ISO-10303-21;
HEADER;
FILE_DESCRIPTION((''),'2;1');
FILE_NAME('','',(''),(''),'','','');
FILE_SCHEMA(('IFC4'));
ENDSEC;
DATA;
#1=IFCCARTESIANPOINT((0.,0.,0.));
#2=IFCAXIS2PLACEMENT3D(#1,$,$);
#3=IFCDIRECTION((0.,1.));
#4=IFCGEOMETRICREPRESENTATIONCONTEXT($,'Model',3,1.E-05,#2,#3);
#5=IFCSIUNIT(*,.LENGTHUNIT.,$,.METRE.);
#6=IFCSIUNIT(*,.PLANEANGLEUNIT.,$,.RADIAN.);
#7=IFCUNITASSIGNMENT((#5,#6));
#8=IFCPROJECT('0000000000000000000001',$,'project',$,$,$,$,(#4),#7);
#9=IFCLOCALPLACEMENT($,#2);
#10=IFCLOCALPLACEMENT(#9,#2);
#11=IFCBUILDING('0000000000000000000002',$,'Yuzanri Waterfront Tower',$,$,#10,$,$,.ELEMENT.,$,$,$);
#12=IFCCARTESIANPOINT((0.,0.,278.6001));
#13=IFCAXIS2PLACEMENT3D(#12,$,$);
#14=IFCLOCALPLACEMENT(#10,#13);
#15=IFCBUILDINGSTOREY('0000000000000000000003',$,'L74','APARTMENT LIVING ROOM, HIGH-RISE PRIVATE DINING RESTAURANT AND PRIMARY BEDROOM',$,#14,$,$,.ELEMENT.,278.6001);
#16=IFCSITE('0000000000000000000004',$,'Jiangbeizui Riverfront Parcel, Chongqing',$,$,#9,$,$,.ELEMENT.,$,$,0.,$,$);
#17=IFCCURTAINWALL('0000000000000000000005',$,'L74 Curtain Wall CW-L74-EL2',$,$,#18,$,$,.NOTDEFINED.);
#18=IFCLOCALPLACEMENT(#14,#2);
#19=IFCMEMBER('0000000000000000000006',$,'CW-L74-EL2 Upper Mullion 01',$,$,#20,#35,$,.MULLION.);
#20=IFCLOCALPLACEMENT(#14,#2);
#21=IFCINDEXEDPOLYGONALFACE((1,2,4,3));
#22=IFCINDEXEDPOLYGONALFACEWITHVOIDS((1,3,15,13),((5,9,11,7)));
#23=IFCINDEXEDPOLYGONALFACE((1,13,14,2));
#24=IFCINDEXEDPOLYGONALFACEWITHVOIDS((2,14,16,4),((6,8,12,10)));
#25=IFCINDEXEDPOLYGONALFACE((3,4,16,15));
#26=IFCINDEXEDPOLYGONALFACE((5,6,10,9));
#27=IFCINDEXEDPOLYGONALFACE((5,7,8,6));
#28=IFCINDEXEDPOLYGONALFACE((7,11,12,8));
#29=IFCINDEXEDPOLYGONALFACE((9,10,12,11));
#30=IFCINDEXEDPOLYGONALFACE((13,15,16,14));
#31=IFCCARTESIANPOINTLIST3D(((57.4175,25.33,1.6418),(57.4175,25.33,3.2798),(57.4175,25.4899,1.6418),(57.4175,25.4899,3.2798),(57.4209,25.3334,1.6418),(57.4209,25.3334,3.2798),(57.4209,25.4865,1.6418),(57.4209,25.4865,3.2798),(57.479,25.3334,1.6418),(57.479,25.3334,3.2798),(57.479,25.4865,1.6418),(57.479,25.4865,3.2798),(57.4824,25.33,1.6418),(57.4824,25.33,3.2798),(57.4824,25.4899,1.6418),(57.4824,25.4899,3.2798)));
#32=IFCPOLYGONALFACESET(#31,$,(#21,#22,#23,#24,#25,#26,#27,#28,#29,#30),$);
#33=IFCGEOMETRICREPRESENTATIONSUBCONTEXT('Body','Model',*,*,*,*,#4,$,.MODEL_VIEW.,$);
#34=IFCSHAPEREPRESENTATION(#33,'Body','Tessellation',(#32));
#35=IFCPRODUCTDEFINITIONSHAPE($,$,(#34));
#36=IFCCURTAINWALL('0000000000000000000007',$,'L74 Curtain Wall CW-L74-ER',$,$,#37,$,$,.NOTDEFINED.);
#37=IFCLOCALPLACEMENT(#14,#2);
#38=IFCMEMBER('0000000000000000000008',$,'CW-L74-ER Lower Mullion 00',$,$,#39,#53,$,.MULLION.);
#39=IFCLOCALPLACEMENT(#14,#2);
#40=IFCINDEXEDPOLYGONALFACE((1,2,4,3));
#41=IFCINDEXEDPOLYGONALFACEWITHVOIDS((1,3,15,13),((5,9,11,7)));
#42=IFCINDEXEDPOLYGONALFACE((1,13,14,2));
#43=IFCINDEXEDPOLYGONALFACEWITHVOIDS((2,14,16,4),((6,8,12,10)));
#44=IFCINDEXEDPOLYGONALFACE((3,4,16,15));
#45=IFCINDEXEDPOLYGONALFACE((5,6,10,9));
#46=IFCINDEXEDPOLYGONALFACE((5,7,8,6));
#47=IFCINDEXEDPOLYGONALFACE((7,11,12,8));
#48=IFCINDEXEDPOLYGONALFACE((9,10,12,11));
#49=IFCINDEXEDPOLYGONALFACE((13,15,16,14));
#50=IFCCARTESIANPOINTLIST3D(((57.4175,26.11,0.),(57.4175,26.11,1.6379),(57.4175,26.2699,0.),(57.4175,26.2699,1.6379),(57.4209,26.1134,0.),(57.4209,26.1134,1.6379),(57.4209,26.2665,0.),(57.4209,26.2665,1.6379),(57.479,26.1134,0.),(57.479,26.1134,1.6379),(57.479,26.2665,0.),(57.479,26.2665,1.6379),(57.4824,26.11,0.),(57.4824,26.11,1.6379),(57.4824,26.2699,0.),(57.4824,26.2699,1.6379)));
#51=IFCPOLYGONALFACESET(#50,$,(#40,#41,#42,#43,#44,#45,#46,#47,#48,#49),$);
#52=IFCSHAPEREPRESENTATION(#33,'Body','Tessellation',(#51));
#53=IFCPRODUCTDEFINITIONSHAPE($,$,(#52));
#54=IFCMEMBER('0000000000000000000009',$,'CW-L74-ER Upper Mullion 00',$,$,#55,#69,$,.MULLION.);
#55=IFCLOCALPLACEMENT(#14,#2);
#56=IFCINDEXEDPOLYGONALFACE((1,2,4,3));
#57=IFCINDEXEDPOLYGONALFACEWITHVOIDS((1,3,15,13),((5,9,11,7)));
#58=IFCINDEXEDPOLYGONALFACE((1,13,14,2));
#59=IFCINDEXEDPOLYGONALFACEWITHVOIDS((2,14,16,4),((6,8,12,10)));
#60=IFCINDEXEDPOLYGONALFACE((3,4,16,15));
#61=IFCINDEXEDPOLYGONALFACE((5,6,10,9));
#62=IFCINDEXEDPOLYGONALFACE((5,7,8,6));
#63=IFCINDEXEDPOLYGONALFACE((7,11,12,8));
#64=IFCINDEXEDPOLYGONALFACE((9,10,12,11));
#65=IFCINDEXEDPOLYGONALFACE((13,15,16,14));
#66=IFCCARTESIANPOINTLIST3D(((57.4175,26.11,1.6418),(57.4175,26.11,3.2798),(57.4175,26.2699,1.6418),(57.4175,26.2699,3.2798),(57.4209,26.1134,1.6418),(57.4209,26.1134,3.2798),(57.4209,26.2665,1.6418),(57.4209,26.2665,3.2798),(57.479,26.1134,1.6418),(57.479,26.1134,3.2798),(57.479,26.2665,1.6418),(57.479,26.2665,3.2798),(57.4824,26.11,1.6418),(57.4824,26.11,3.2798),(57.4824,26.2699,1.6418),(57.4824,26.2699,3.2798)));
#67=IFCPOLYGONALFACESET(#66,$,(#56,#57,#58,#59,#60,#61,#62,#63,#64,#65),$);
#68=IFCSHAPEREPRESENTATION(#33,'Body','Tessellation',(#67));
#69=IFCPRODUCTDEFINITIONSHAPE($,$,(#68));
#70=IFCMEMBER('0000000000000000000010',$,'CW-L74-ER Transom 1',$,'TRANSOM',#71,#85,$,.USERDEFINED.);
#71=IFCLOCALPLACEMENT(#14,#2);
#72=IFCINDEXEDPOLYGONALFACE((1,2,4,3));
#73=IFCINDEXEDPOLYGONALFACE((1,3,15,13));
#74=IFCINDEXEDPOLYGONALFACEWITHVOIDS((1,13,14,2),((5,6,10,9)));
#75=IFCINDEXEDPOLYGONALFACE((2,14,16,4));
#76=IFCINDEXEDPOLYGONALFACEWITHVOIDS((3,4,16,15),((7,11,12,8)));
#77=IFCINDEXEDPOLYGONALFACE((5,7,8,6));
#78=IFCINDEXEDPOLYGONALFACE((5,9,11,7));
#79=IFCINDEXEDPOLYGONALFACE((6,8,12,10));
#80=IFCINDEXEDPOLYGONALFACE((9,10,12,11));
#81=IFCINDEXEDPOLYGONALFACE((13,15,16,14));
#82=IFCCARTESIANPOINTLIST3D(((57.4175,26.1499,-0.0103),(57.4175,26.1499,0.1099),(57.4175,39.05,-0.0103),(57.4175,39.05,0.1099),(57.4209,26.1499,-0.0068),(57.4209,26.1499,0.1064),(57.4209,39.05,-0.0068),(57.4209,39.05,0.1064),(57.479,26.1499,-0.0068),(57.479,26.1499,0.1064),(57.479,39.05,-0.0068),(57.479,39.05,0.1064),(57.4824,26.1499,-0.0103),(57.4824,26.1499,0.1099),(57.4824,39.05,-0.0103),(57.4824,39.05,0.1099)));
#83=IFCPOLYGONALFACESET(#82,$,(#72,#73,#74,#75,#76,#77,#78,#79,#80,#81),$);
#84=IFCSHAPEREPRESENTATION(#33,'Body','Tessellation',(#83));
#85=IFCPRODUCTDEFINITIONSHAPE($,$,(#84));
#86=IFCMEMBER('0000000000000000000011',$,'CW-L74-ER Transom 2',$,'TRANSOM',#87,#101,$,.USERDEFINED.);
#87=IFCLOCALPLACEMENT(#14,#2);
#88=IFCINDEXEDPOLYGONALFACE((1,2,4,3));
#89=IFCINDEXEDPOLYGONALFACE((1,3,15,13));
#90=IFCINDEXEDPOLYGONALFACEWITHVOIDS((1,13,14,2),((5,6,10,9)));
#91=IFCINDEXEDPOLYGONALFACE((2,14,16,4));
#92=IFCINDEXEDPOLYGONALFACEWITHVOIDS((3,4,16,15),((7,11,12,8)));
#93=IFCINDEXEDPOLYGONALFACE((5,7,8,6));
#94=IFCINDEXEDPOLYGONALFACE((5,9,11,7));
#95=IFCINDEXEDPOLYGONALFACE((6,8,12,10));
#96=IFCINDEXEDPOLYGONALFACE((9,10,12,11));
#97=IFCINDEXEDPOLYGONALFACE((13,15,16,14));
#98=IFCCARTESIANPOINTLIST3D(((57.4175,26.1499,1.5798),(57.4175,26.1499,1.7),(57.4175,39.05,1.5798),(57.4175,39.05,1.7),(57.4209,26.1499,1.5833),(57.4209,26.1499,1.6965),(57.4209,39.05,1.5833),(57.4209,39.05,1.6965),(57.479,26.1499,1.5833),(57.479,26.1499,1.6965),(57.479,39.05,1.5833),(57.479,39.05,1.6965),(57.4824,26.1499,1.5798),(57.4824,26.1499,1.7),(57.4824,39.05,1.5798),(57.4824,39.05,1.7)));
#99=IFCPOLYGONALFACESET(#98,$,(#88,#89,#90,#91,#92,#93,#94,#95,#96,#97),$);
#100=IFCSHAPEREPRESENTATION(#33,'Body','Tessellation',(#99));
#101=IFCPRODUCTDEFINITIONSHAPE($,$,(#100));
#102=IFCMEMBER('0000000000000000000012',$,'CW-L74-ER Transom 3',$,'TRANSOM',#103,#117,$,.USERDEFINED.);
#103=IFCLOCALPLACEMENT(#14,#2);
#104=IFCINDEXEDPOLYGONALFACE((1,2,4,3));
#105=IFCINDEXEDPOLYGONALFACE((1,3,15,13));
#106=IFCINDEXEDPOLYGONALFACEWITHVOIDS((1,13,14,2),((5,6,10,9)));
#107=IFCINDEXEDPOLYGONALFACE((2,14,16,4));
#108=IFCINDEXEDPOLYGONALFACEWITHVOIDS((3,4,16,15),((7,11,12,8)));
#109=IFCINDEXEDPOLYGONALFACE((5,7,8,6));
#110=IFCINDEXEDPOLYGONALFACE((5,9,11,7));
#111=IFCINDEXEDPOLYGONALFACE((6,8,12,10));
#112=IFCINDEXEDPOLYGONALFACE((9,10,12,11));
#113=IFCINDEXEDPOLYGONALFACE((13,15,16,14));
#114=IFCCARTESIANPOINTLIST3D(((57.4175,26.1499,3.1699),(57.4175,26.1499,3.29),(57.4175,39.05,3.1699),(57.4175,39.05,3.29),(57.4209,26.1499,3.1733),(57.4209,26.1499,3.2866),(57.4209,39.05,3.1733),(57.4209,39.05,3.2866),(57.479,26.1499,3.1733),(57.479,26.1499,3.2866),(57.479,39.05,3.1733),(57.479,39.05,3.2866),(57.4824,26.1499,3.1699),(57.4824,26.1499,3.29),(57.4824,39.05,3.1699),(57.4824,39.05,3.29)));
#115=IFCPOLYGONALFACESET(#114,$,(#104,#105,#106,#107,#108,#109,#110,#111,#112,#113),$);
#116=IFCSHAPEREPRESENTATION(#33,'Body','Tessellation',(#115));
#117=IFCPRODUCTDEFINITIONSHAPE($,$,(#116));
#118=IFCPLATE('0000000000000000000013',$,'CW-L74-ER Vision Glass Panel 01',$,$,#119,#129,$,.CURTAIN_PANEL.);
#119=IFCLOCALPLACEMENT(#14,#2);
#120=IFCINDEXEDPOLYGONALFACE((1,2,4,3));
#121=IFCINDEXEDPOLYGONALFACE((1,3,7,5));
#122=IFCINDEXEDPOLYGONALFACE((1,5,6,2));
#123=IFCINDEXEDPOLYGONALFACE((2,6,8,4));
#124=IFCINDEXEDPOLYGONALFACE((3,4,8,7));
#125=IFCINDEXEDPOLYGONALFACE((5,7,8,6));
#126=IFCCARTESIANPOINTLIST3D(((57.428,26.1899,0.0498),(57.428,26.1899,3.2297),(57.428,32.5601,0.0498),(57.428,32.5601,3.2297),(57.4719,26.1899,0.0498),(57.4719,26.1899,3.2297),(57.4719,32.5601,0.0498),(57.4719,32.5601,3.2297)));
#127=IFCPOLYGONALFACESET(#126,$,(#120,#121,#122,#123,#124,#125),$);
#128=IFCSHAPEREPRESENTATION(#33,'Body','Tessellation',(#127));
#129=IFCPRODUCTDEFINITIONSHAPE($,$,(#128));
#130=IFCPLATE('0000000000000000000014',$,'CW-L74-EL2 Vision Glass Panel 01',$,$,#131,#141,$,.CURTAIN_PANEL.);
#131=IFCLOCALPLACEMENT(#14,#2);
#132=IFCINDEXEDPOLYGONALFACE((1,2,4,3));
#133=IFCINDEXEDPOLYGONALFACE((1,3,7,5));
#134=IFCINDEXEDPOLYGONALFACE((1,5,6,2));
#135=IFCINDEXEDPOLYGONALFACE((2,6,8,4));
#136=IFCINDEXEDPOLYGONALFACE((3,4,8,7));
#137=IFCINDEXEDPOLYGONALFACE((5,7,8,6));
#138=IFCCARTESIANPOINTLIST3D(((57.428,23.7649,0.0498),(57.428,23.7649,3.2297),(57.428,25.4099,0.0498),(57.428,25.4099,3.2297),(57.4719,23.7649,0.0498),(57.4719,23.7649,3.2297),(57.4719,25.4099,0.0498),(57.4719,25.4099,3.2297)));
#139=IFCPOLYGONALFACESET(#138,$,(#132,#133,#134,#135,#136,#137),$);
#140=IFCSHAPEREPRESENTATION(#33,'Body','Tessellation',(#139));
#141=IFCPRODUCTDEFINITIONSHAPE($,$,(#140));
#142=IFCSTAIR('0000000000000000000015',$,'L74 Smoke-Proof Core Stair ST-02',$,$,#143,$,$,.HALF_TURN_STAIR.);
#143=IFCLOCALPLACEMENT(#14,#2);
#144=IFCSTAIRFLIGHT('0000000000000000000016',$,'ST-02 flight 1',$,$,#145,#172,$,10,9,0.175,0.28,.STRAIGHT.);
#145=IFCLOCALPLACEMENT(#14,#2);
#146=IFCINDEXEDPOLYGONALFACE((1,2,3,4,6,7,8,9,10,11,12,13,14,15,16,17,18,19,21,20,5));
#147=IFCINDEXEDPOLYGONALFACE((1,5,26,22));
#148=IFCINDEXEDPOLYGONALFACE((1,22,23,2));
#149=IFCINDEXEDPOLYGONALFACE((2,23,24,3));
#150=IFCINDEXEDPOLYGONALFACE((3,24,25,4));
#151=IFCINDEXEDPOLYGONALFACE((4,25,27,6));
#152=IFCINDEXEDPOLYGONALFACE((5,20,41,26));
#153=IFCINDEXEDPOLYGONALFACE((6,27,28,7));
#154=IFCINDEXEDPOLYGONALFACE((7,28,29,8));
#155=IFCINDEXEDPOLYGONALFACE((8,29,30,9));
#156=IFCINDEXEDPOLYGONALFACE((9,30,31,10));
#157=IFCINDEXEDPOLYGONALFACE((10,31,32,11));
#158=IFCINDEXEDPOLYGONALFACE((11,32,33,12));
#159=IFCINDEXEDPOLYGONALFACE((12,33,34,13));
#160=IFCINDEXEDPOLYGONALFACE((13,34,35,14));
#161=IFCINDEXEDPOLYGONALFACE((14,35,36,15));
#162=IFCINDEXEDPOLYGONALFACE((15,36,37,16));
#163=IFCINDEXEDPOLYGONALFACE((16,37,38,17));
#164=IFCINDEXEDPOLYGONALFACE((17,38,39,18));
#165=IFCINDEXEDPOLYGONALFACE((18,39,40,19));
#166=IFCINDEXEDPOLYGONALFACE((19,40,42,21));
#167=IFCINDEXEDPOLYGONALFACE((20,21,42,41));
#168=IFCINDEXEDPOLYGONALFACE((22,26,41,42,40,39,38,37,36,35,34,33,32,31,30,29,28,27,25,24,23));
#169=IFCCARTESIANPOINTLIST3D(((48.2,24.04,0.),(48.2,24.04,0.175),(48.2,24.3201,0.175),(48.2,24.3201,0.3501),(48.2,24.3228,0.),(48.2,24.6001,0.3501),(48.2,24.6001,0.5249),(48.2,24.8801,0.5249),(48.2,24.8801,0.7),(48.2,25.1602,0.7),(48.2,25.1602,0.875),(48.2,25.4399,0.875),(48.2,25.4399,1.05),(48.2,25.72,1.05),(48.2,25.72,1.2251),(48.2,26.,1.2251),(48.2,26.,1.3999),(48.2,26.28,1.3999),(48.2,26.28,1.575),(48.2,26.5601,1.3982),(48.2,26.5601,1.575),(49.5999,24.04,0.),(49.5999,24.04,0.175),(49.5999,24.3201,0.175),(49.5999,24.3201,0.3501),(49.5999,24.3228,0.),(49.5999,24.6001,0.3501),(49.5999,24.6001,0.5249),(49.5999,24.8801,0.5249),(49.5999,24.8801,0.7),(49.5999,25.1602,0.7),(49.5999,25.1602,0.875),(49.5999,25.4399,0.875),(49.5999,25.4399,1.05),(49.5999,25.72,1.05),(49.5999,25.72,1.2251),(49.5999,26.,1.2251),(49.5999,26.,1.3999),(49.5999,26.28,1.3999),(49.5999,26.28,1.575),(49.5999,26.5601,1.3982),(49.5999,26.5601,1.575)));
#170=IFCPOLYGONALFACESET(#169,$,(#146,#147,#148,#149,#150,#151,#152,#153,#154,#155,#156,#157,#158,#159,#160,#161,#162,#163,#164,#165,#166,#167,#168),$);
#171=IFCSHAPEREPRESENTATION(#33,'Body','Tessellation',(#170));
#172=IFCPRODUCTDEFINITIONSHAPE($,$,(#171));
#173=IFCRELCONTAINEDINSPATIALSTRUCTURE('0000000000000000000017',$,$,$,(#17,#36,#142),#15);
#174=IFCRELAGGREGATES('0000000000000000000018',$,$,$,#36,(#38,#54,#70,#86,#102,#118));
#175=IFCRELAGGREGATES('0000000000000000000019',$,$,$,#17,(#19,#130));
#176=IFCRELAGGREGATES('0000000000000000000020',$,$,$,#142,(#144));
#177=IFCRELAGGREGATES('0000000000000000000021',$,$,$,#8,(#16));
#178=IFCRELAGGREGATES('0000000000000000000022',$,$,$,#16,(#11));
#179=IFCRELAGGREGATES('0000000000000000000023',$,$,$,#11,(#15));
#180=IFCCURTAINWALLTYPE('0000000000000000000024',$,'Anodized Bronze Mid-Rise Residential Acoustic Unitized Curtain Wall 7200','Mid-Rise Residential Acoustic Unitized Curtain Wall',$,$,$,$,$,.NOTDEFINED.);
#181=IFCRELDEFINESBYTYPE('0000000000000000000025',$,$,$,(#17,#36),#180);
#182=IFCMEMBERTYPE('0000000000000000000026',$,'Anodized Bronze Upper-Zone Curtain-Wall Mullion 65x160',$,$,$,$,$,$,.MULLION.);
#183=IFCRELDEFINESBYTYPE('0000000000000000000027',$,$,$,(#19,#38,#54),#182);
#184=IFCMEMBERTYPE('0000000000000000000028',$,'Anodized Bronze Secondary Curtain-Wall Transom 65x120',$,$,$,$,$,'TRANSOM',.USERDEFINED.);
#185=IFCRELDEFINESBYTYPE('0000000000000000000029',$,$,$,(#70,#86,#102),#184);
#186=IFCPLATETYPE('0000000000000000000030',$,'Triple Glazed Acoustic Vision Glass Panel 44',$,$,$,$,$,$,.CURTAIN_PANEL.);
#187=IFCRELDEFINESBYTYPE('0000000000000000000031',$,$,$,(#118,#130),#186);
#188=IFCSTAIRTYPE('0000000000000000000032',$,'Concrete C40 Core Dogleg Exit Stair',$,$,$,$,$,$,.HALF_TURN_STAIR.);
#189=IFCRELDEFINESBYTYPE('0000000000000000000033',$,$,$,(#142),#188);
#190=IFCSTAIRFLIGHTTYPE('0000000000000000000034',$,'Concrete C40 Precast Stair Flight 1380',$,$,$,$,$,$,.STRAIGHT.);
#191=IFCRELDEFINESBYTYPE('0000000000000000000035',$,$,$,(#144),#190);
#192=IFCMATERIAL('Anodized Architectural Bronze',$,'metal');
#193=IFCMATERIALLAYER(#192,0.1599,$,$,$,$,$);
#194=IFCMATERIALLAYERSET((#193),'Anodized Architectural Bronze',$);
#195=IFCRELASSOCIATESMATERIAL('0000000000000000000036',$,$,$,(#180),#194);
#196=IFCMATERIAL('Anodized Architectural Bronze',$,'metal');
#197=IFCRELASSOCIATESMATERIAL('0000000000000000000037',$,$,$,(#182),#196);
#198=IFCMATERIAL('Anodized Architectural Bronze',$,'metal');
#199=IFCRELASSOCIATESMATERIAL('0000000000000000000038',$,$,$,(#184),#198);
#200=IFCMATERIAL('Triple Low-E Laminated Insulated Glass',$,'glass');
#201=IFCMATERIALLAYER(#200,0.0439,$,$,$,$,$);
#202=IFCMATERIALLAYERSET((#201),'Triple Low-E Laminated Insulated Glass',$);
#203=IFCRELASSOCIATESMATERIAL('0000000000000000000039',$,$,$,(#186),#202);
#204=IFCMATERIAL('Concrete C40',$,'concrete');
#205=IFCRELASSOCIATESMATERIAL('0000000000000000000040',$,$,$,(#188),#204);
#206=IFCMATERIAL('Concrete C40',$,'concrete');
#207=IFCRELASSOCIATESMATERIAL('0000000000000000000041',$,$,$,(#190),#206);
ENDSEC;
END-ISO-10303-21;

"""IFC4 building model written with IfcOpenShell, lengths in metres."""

from ifc_helpers import new_model, si_unit, direction, frame, origin, origin_2d, place, context, subcontext, project, spatial, polyline, rectangle, hollow_rectangle, outline, extrude, source, transform, mapped, material, layer, layer_set, material_profile, profile_set, type_object, element, aggregate, save


model = new_model("IFC4")

# Units and contexts
model_context = context("Model", 3, precision=1e-05, world=origin(), true_north=direction((0.0, 1.0)))
body_context = subcontext(model_context, "Body", "Model", "MODEL_VIEW")
ifc_project = project(units=[si_unit("LENGTHUNIT", "METRE"), si_unit("PLANEANGLEUNIT", "RADIAN")], contexts=[model_context])

# Site, building, storey
site_placement = place(None, origin())
site = spatial("IfcSite", under=ifc_project, at=site_placement, Name="Jiangbeizui Riverfront Parcel, Chongqing", CompositionType="ELEMENT", RefElevation=0.0)
building_placement = place(site_placement, origin())
building = spatial("IfcBuilding", under=site, at=building_placement, Name="Yuzanri Waterfront Tower", CompositionType="ELEMENT")
storey_placement = place(building_placement, frame((0.0, 0.0, 278.6001)))
storey = spatial("IfcBuildingStorey", under=building, at=storey_placement, Name="L74", Description="APARTMENT LIVING ROOM, HIGH-RISE PRIVATE DINING RESTAURANT AND PRIMARY BEDROOM", CompositionType="ELEMENT", Elevation=278.6001)

# Curtain wall, member
ifc_material_1 = material(Name="Anodized Architectural Bronze", Category="metal")
ifc_layer_1 = layer(ifc_material_1, 0.1599)
ifc_layer_set_1 = layer_set([ifc_layer_1], Name="Anodized Architectural Bronze")
curtain_wall_type = type_object("IfcCurtainWallType", Name="Anodized Bronze Mid-Rise Residential Acoustic Unitized Curtain Wall 7200", Description="Mid-Rise Residential Acoustic Unitized Curtain Wall", PredefinedType="NOTDEFINED", material=ifc_layer_set_1)
curtain_wall_1_placement = place(storey_placement, origin())
curtain_wall_1 = element("IfcCurtainWall", 1, at=curtain_wall_1_placement, inside=storey, type_object=curtain_wall_type, Name="L74 Curtain Wall CW-L74-EL2", PredefinedType="NOTDEFINED")
ifc_material_2 = material(Name="Anodized Architectural Bronze", Category="metal")
ifc_material_profile_1 = material_profile(ifc_material_2, hollow_rectangle(XDim=0.0649, YDim=0.1599, WallThickness=0.0034, at=origin_2d()), Name="CWM 65x160")
ifc_profile_set_1 = profile_set([ifc_material_profile_1], Name="Anodized Architectural Bronze")
member_type_1 = type_object("IfcMemberType", Name="Anodized Bronze Upper-Zone Curtain-Wall Mullion 65x160", PredefinedType="MULLION", material=ifc_profile_set_1)
shared_shape_1 = source(origin(), body_context, "Body", "SweptSolid", [
    extrude(hollow_rectangle(XDim=0.0649, YDim=0.1599, WallThickness=0.0034, at=origin_2d()), origin(), (0.0, 0.0, 1.0), 1.6379),
])
member_1_placement = place(storey_placement, frame((57.45, 25.4099, 1.6418), z_axis=(0.0, 0.0, 1.0), x_axis=(1.0, 0.0, 0.0)))
member_1 = element("IfcMember", 2, at=member_1_placement, type_object=member_type_1, Name="CW-L74-EL2 Upper Mullion 01", PredefinedType="MULLION", context=body_context, shape_type="MappedRepresentation", body=[
    mapped(shared_shape_1, transform((0.0, 0.0, 0.0), scale=1.0)),
])

# Curtain wall, members, plate
curtain_wall_2_placement = place(storey_placement, origin())
curtain_wall_2 = element("IfcCurtainWall", 3, at=curtain_wall_2_placement, inside=storey, type_object=curtain_wall_type, Name="L74 Curtain Wall CW-L74-ER", PredefinedType="NOTDEFINED")
member_2_placement = place(storey_placement, frame((57.45, 26.1899, 0.0), z_axis=(0.0, 0.0, 1.0), x_axis=(1.0, 0.0, 0.0)))
member_2 = element("IfcMember", 4, at=member_2_placement, type_object=member_type_1, Name="CW-L74-ER Lower Mullion 00", PredefinedType="MULLION", context=body_context, shape_type="MappedRepresentation", body=[
    mapped(shared_shape_1, transform((0.0, 0.0, 0.0), scale=1.0)),
])
member_3_placement = place(storey_placement, frame((57.45, 26.1899, 1.6418), z_axis=(0.0, 0.0, 1.0), x_axis=(1.0, 0.0, 0.0)))
member_3 = element("IfcMember", 5, at=member_3_placement, type_object=member_type_1, Name="CW-L74-ER Upper Mullion 00", PredefinedType="MULLION", context=body_context, shape_type="MappedRepresentation", body=[
    mapped(shared_shape_1, transform((0.0, 0.0, 0.0), scale=1.0)),
])
ifc_material_3 = material(Name="Anodized Architectural Bronze", Category="metal")
ifc_material_profile_2 = material_profile(ifc_material_3, hollow_rectangle(XDim=0.0649, YDim=0.1201, WallThickness=0.0034, at=origin_2d()), Name="CWT 65x120")
ifc_profile_set_2 = profile_set([ifc_material_profile_2], Name="Anodized Architectural Bronze")
member_type_2 = type_object("IfcMemberType", Name="Anodized Bronze Secondary Curtain-Wall Transom 65x120", ElementType="TRANSOM", PredefinedType="USERDEFINED", material=ifc_profile_set_2)
shared_shape_2 = source(origin(), body_context, "Body", "SweptSolid", [
    extrude(hollow_rectangle(XDim=0.0649, YDim=0.1201, WallThickness=0.0034, at=origin_2d()), origin(), (0.0, 0.0, 1.0), 12.9001),
])
member_4_placement = place(storey_placement, frame((57.45, 26.1499, 0.0498), z_axis=(0.0, 1.0, 0.0), x_axis=(-1.0, 0.0, 0.0)))
member_4 = element("IfcMember", 6, at=member_4_placement, type_object=member_type_2, Name="CW-L74-ER Transom 1", ObjectType="TRANSOM", PredefinedType="USERDEFINED", context=body_context, shape_type="MappedRepresentation", body=[
    mapped(shared_shape_2, transform((0.0, 0.0, 0.0), scale=1.0)),
])
member_5_placement = place(storey_placement, frame((57.45, 26.1499, 1.6399), z_axis=(0.0, 1.0, 0.0), x_axis=(-1.0, 0.0, 0.0)))
member_5 = element("IfcMember", 7, at=member_5_placement, type_object=member_type_2, Name="CW-L74-ER Transom 2", ObjectType="TRANSOM", PredefinedType="USERDEFINED", context=body_context, shape_type="MappedRepresentation", body=[
    mapped(shared_shape_2, transform((0.0, 0.0, 0.0), scale=1.0)),
])
member_6_placement = place(storey_placement, frame((57.45, 26.1499, 3.23), z_axis=(0.0, 1.0, 0.0), x_axis=(-1.0, 0.0, 0.0)))
member_6 = element("IfcMember", 8, at=member_6_placement, type_object=member_type_2, Name="CW-L74-ER Transom 3", ObjectType="TRANSOM", PredefinedType="USERDEFINED", context=body_context, shape_type="MappedRepresentation", body=[
    mapped(shared_shape_2, transform((0.0, 0.0, 0.0), scale=1.0)),
])
ifc_material_4 = material(Name="Triple Low-E Laminated Insulated Glass", Category="glass")
ifc_layer_2 = layer(ifc_material_4, 0.0439)
ifc_layer_set_2 = layer_set([ifc_layer_2], Name="Triple Low-E Laminated Insulated Glass")
plate_type = type_object("IfcPlateType", Name="Triple Glazed Acoustic Vision Glass Panel 44", PredefinedType="CURTAIN_PANEL", material=ifc_layer_set_2)
shared_shape_3 = source(origin(), body_context, "Body", "SweptSolid", [
    extrude(rectangle(XDim=6.3701, YDim=0.0439, at=origin_2d()), origin(), (0.0, 0.0, 1.0), 3.1799),
])
plate_1_placement = place(storey_placement, frame((57.45, 29.375, 0.0498), z_axis=(0.0, 0.0, 1.0), x_axis=(0.0, 1.0, 0.0)))
plate_1 = element("IfcPlate", 9, at=plate_1_placement, type_object=plate_type, Name="CW-L74-ER Vision Glass Panel 01", PredefinedType="CURTAIN_PANEL", context=body_context, shape_type="MappedRepresentation", body=[
    mapped(shared_shape_3, transform((0.0, 0.0, 0.0), scale=1.0)),
])
aggregate(curtain_wall_2, [member_2, member_3, member_4, member_5, member_6, plate_1])

# Plate
shared_shape_4 = source(origin(), body_context, "Body", "SweptSolid", [
    extrude(rectangle(XDim=1.645, YDim=0.0439, at=origin_2d()), origin(), (0.0, 0.0, 1.0), 3.1799),
])
plate_2_placement = place(storey_placement, frame((57.45, 24.5874, 0.0498), z_axis=(0.0, 0.0, 1.0), x_axis=(0.0, 1.0, 0.0)))
plate_2 = element("IfcPlate", 10, at=plate_2_placement, type_object=plate_type, Name="CW-L74-EL2 Vision Glass Panel 01", PredefinedType="CURTAIN_PANEL", context=body_context, shape_type="MappedRepresentation", body=[
    mapped(shared_shape_4, transform((0.0, 0.0, 0.0), scale=1.0)),
])
aggregate(curtain_wall_1, [member_1, plate_2])

# Stair, stair flight
ifc_material_5 = material(Name="Concrete C40", Category="concrete")
stair_type = type_object("IfcStairType", Name="Concrete C40 Core Dogleg Exit Stair", PredefinedType="HALF_TURN_STAIR", material=ifc_material_5)
stair_placement = place(storey_placement, origin())
stair = element("IfcStair", 11, at=stair_placement, inside=storey, type_object=stair_type, Name="L74 Smoke-Proof Core Stair ST-02", PredefinedType="HALF_TURN_STAIR")
ifc_material_6 = material(Name="Concrete C40", Category="concrete")
stair_flight_type = type_object("IfcStairFlightType", Name="Concrete C40 Precast Stair Flight 1380", PredefinedType="STRAIGHT", material=ifc_material_6)
shared_shape_5 = source(origin(), body_context, "Body", "SweptSolid", [
    extrude(outline(polyline([(0.0, 0.0), (0.0, 0.175), (0.28, 0.175), (0.28, 0.3501), (0.5601, 0.3501), (0.5601, 0.5249), (0.8401, 0.5249), (0.8401, 0.7), (1.1201, 0.7), (1.1201, 0.875), (1.3999, 0.875), (1.3999, 1.05), (1.6799, 1.05), (1.6799, 1.2251), (1.96, 1.2251), (1.96, 1.3999), (2.24, 1.3999), (2.24, 1.575), (2.52, 1.575), (2.52, 1.75), (2.52, 1.3982), (0.2827, 0.0), (0.0, 0.0)])), frame((0.0, 0.7, 0.0), z_axis=(0.0, -1.0, 0.0), x_axis=(1.0, 0.0, 0.0)), (0.0, 0.0, 1.0), 1.3999),
])
stair_flight_placement = place(storey_placement, frame((48.8999, 24.04, 0.0), z_axis=(0.0, 0.0, 1.0), x_axis=(0.0, 1.0, 0.0)))
stair_flight = element("IfcStairFlight", 12, at=stair_flight_placement, type_object=stair_flight_type, Name="ST-02 flight 1", NumberOfRisers=10, NumberOfTreads=9, PredefinedType="STRAIGHT", RiserHeight=0.175, TreadLength=0.28, context=body_context, shape_type="MappedRepresentation", body=[
    mapped(shared_shape_5, transform((0.0, 0.0, 0.0), scale=1.0)),
])
aggregate(stair, [stair_flight])

save(model, "model.ifc")
